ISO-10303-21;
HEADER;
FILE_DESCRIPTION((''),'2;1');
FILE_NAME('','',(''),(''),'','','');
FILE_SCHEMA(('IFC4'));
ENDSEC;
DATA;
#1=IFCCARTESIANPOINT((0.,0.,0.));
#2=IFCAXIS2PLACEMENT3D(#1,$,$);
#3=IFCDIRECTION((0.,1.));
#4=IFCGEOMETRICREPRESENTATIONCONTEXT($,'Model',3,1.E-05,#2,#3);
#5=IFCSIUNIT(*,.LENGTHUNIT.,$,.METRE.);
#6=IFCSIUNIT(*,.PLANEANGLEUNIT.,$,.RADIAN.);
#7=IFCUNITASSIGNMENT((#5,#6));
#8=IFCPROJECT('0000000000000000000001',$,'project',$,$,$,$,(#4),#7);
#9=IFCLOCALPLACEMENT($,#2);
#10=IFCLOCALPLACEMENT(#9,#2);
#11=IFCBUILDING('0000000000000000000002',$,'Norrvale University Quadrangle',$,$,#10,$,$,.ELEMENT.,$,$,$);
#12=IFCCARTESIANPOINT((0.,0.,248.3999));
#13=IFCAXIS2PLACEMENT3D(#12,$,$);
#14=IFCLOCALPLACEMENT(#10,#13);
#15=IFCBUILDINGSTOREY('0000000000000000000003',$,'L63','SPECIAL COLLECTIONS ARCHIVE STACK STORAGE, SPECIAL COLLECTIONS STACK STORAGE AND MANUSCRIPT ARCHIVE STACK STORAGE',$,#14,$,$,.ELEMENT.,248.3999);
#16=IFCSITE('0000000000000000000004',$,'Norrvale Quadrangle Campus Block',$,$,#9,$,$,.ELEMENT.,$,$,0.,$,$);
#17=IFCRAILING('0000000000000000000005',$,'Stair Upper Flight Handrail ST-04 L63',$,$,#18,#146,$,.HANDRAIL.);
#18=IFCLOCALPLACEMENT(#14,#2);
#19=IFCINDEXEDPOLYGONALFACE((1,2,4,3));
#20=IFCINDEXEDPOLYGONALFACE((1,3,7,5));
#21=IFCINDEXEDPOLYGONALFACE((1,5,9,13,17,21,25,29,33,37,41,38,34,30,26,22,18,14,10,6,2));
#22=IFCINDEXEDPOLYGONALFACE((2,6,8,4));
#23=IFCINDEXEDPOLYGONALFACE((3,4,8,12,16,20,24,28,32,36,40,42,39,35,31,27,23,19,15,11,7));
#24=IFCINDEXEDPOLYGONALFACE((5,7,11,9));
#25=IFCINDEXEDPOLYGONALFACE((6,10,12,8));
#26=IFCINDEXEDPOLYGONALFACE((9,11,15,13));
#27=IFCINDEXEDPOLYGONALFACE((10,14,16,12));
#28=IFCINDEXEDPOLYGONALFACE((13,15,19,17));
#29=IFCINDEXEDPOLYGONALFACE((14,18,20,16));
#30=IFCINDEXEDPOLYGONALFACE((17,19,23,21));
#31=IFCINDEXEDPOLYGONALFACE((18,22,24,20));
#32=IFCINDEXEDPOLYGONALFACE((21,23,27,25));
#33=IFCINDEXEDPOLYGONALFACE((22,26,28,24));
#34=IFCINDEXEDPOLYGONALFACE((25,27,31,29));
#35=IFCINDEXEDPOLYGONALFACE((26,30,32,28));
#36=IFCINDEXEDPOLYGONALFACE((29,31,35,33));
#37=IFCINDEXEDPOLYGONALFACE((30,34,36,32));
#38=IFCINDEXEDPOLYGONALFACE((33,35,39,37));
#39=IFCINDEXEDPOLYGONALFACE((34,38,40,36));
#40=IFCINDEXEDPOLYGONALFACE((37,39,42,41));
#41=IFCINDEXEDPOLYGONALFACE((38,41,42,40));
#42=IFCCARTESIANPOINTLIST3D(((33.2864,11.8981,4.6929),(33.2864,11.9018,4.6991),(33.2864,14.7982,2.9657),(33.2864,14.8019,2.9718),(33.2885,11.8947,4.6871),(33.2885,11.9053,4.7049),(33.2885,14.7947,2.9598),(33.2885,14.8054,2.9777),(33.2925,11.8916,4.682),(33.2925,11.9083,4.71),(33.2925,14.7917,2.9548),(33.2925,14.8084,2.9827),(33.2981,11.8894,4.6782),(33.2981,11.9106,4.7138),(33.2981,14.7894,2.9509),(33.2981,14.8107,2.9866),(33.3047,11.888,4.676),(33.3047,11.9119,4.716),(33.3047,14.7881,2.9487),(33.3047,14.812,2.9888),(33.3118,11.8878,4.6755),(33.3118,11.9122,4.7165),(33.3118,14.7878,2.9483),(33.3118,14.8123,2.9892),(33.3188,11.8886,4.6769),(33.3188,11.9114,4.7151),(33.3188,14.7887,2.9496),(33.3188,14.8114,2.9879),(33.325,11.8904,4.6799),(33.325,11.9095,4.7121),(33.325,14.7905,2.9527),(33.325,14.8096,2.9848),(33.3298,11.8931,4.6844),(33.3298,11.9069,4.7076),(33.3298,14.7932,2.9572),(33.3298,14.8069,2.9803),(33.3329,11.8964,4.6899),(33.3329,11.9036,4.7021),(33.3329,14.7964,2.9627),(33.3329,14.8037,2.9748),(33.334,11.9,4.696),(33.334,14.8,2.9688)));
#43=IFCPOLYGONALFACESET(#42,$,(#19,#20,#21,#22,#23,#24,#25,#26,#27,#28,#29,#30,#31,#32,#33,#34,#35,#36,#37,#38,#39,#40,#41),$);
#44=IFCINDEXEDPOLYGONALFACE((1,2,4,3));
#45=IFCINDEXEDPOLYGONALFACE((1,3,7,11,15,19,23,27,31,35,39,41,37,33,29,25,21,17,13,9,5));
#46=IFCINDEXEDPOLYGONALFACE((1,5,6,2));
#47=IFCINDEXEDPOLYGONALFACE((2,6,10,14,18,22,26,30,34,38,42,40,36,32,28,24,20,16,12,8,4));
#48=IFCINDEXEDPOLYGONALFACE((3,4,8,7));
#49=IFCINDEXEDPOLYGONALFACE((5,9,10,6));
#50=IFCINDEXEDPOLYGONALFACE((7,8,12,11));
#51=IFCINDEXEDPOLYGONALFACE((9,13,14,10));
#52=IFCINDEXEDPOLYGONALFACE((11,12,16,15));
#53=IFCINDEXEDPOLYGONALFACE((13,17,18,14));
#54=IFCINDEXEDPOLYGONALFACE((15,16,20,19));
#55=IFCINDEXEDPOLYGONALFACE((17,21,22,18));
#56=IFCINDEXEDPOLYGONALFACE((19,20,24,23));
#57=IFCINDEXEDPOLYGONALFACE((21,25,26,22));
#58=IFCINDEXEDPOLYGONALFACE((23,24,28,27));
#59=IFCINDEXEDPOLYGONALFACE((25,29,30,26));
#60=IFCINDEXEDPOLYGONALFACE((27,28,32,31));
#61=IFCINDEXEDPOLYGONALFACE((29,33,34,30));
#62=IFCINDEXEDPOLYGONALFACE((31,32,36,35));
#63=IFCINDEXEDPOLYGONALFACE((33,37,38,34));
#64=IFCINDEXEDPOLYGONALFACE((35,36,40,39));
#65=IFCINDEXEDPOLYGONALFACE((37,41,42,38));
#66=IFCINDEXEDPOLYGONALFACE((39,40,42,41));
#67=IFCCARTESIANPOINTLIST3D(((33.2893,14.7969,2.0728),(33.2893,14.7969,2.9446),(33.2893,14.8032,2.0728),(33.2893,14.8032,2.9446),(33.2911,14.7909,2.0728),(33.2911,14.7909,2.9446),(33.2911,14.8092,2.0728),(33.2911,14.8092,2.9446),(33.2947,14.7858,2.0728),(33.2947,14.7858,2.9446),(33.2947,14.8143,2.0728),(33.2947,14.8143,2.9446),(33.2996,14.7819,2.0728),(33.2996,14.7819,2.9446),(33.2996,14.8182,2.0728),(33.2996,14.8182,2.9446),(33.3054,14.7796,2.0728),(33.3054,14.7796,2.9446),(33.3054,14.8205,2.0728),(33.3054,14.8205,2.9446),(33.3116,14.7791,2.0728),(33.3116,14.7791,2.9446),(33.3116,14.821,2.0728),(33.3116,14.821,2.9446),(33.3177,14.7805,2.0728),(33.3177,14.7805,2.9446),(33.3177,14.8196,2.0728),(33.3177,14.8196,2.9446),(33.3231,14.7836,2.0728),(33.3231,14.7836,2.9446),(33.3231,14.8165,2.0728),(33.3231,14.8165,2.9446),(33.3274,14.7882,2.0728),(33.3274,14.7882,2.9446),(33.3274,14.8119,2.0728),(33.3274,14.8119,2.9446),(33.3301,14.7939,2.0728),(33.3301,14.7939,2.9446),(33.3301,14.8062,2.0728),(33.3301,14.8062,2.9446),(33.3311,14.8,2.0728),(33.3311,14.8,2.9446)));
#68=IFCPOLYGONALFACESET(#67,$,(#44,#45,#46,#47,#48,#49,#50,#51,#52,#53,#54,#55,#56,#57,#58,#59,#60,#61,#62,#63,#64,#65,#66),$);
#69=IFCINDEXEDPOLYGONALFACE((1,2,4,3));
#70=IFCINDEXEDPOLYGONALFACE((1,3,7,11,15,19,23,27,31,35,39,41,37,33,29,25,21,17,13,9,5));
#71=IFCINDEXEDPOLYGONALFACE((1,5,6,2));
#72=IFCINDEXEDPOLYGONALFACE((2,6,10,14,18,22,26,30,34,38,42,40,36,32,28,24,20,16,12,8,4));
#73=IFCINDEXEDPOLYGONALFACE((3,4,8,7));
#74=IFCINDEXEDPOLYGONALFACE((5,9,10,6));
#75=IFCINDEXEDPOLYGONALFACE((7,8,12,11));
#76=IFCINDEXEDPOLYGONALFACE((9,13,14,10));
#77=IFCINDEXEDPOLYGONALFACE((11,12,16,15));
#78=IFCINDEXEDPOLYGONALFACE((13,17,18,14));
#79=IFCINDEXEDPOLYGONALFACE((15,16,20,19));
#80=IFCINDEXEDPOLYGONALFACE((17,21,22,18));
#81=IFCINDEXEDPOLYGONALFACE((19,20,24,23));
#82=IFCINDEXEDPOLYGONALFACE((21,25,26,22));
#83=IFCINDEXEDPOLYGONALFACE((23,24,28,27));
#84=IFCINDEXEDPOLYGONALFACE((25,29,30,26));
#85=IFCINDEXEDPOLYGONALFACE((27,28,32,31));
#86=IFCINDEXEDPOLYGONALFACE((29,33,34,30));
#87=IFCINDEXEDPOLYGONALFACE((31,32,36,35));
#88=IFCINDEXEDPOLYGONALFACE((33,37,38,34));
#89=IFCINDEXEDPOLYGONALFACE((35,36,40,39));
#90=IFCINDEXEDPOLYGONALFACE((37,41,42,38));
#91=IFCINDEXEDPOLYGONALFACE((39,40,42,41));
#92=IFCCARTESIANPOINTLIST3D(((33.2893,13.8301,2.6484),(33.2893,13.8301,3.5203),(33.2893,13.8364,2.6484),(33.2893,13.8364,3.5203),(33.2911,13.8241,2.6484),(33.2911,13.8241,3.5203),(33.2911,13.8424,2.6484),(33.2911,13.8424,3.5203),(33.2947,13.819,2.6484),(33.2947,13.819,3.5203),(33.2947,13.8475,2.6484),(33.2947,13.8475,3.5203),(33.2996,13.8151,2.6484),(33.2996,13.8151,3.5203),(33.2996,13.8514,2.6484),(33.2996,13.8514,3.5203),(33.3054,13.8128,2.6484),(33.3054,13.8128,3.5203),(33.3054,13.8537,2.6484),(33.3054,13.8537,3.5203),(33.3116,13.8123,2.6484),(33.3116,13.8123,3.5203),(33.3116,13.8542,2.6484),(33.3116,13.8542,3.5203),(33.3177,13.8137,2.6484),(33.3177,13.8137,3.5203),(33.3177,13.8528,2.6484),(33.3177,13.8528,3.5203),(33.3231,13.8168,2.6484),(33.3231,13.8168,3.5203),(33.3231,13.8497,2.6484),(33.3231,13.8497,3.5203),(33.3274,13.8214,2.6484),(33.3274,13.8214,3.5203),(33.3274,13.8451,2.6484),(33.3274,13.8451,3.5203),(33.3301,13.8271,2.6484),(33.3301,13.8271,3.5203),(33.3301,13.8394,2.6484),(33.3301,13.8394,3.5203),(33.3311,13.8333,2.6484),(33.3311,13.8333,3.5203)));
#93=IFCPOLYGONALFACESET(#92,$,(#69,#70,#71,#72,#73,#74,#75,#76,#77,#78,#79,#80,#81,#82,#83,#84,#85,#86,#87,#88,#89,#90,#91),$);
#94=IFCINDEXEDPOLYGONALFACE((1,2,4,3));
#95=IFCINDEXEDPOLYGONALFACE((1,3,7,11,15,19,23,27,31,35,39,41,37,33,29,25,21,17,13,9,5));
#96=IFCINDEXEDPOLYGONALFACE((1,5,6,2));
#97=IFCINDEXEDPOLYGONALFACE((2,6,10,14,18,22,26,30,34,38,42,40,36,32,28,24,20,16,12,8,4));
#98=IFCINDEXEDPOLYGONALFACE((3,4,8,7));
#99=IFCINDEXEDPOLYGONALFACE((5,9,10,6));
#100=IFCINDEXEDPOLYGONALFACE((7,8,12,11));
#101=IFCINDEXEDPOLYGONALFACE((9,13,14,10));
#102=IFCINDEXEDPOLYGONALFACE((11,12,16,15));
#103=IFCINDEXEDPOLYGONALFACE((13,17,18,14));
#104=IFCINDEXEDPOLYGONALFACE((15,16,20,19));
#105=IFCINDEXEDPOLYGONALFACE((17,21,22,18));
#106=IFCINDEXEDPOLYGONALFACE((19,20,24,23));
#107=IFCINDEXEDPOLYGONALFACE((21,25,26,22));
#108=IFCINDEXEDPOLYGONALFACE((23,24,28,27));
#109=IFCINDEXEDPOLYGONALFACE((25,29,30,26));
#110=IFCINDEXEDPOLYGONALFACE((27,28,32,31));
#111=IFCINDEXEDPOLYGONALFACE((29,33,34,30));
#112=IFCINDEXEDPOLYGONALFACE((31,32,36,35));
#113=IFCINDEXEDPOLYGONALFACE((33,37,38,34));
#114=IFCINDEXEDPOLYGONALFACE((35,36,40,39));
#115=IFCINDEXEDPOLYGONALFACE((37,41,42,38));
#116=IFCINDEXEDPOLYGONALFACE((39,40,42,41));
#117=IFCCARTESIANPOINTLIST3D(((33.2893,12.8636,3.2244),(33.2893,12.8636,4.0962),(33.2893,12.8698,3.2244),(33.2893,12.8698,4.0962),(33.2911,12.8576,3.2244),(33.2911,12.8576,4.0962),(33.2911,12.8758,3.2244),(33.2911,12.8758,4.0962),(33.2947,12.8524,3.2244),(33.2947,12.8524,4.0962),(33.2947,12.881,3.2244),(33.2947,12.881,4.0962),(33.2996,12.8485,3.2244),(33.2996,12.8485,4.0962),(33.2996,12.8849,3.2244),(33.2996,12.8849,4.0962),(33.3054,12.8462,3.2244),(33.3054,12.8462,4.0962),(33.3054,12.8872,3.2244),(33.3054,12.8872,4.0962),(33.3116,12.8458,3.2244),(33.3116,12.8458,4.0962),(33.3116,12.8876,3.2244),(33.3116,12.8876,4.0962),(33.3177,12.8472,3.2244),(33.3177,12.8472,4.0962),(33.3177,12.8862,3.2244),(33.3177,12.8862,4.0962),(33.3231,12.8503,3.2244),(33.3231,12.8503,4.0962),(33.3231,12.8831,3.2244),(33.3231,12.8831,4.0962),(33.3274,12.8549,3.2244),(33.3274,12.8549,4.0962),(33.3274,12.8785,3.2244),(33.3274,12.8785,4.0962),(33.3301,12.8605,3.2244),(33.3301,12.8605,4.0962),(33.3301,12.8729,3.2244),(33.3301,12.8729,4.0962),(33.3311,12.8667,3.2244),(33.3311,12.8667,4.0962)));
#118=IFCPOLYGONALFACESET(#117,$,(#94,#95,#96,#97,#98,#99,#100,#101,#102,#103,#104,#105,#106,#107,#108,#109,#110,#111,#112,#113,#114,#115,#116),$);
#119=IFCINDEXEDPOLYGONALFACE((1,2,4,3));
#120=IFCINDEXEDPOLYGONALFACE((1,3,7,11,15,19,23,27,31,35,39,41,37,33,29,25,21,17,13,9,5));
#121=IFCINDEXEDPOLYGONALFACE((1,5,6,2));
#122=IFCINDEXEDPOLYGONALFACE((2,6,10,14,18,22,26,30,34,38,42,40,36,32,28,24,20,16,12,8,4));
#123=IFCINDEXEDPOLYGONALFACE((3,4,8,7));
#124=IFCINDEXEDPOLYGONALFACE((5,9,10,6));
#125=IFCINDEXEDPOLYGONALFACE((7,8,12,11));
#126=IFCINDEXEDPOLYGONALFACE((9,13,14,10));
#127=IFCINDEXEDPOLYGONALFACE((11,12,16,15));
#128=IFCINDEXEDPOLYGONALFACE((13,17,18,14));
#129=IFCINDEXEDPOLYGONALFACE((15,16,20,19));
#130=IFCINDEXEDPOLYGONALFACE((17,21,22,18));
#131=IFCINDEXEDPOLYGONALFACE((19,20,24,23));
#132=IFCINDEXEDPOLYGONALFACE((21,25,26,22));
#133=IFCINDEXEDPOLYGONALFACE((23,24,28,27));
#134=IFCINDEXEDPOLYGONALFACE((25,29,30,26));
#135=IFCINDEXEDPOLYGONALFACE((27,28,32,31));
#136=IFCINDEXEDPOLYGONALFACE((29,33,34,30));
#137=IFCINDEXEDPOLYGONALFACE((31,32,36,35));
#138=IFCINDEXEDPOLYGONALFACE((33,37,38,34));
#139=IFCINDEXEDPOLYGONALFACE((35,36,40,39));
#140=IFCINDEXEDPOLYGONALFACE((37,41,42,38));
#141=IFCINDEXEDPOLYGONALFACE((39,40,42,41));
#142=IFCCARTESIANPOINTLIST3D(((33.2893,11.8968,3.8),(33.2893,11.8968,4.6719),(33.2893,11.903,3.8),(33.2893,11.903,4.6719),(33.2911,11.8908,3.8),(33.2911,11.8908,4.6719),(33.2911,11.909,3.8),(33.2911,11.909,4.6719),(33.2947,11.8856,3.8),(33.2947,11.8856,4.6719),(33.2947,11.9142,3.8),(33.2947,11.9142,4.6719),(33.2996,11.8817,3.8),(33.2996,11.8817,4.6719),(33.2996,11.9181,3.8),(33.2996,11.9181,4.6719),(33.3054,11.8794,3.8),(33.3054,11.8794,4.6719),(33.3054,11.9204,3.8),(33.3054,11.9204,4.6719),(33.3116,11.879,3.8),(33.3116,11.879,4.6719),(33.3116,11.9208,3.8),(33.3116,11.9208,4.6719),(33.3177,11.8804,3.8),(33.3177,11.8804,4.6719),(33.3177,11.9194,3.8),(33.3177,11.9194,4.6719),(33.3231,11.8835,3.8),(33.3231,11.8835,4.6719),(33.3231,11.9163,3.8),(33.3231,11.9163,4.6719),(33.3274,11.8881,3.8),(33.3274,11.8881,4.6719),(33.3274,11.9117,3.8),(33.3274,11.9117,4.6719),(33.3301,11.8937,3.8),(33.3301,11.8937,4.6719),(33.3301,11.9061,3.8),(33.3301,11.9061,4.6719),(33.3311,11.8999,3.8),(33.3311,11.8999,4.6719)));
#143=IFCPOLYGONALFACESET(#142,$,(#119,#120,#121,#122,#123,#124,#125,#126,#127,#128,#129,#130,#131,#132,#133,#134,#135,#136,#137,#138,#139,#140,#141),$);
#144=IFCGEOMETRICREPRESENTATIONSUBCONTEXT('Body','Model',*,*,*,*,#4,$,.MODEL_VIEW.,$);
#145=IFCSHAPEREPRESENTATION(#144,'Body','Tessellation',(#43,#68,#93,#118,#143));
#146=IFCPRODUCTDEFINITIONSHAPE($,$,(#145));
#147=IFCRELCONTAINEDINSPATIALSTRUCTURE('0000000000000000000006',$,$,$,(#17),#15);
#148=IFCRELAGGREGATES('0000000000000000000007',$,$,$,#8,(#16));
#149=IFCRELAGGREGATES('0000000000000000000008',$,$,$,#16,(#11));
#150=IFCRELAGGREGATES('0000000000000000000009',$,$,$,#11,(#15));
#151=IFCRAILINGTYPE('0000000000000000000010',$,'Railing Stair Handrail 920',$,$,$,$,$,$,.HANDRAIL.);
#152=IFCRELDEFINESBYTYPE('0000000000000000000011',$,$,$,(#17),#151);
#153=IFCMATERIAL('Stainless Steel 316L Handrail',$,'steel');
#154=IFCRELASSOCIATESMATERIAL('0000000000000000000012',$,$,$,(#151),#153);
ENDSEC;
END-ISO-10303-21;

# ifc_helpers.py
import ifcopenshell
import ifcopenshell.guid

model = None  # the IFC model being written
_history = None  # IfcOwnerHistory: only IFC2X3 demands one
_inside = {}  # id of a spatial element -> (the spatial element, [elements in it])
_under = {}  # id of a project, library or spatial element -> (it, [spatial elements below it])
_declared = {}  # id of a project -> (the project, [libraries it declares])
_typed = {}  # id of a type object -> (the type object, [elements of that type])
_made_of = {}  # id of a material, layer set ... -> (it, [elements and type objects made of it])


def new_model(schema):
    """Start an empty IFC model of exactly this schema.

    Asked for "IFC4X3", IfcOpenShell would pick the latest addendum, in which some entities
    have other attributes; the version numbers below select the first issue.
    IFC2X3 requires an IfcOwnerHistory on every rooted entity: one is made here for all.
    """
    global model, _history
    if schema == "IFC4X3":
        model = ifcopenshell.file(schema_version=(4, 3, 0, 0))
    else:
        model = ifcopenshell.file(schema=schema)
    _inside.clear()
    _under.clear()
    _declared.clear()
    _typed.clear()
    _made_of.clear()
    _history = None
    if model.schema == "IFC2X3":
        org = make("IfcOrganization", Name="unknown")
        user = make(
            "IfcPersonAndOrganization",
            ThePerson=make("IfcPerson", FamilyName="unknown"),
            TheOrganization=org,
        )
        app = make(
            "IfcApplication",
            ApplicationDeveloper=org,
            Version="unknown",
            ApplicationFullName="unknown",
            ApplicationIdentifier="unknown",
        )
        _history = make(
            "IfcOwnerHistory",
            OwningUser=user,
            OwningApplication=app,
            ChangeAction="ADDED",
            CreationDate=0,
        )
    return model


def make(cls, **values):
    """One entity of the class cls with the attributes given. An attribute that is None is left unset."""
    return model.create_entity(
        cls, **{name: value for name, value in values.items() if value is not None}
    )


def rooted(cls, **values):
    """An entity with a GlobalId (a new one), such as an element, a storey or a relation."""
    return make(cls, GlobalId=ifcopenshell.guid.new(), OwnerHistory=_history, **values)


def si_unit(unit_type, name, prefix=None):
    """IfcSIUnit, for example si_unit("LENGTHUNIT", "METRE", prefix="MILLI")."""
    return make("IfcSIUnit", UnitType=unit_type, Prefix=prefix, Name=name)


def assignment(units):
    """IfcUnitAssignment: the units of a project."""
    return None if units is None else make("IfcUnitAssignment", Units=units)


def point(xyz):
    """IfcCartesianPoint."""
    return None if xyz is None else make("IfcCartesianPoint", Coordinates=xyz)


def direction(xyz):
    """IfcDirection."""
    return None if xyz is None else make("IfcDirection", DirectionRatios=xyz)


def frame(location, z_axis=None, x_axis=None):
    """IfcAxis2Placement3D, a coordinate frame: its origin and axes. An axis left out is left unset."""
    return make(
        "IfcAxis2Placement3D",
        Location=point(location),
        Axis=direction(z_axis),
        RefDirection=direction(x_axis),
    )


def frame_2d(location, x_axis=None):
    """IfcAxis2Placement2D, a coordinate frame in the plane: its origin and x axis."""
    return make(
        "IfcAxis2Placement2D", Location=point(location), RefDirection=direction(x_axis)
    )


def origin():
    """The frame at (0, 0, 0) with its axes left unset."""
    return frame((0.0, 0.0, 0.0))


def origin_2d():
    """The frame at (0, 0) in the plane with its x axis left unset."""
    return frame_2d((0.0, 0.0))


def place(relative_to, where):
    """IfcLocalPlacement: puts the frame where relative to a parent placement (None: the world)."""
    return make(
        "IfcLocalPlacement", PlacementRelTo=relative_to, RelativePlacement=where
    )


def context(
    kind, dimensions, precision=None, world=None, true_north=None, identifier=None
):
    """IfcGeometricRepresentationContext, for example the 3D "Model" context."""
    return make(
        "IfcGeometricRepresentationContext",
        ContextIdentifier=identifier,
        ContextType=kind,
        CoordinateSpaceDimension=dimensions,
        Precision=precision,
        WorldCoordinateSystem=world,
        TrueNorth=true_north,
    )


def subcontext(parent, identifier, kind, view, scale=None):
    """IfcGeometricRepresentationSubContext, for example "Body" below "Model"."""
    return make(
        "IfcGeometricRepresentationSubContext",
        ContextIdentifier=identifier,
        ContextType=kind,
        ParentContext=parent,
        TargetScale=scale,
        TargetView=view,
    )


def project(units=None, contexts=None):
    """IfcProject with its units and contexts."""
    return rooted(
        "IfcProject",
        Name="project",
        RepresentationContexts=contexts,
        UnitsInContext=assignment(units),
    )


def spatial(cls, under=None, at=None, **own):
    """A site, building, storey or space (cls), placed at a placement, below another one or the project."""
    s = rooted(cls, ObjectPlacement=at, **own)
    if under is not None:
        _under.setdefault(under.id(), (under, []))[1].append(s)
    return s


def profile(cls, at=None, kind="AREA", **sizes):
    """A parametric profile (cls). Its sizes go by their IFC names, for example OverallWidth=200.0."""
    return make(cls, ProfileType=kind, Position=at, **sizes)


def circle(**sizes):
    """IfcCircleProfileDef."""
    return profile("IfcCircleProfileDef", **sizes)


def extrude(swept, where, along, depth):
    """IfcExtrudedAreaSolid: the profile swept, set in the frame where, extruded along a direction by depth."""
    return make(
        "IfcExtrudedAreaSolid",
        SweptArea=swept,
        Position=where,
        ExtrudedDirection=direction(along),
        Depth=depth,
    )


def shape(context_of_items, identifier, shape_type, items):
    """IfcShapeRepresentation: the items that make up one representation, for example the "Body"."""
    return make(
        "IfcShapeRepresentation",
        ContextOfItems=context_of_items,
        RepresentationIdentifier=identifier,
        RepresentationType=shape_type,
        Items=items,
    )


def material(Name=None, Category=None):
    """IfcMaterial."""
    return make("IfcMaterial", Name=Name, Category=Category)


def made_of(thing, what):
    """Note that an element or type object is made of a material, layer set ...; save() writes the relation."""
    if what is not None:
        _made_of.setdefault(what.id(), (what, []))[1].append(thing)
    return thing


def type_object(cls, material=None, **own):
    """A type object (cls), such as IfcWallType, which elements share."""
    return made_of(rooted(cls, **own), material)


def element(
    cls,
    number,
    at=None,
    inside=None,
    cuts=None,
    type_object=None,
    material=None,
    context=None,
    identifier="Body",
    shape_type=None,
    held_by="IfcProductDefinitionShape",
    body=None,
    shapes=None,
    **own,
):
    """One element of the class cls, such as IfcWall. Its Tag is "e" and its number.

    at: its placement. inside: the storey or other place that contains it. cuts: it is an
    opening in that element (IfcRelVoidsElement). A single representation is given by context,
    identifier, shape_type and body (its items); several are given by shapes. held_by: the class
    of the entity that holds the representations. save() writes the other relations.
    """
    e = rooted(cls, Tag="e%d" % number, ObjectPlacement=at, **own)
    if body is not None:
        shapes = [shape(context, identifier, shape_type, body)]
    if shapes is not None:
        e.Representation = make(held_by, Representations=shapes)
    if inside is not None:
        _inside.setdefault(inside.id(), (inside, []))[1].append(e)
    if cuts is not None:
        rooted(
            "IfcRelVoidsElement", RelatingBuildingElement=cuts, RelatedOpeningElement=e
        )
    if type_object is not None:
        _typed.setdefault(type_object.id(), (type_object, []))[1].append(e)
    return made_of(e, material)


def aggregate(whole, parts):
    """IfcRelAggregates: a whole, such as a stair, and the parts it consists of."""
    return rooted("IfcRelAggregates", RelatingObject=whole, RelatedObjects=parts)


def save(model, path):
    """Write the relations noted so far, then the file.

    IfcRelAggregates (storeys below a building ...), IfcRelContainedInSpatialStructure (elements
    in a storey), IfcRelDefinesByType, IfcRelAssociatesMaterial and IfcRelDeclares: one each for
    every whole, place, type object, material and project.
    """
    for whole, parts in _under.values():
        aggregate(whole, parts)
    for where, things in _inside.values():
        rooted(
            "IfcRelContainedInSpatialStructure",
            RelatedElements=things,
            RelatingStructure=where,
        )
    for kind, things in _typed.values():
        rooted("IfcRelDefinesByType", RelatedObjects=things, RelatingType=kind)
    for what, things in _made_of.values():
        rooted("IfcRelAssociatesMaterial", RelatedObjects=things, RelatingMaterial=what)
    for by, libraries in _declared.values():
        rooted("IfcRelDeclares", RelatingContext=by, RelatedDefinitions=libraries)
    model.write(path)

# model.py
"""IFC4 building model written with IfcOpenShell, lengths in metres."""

from ifc_helpers import new_model, si_unit, direction, frame, origin, origin_2d, place, context, subcontext, project, spatial, circle, extrude, material, type_object, element, save


model = new_model("IFC4")

# Units and contexts
model_context = context("Model", 3, precision=1e-05, world=origin(), true_north=direction((0.0, 1.0)))
body_context = subcontext(model_context, "Body", "Model", "MODEL_VIEW")
ifc_project = project(units=[si_unit("LENGTHUNIT", "METRE"), si_unit("PLANEANGLEUNIT", "RADIAN")], contexts=[model_context])

# Site, building, storey
site_placement = place(None, origin())
site = spatial("IfcSite", under=ifc_project, at=site_placement, Name="Norrvale Quadrangle Campus Block", CompositionType="ELEMENT", RefElevation=0.0)
building_placement = place(site_placement, origin())
building = spatial("IfcBuilding", under=site, at=building_placement, Name="Norrvale University Quadrangle", CompositionType="ELEMENT")
storey_placement = place(building_placement, frame((0.0, 0.0, 248.3999)))
storey = spatial("IfcBuildingStorey", under=building, at=storey_placement, Name="L63", Description="SPECIAL COLLECTIONS ARCHIVE STACK STORAGE, SPECIAL COLLECTIONS STACK STORAGE AND MANUSCRIPT ARCHIVE STACK STORAGE", CompositionType="ELEMENT", Elevation=248.3999)

# Railing
ifc_material_1 = material(Name="Stainless Steel 316L Handrail", Category="steel")
railing_type_1 = type_object("IfcRailingType", Name="Railing Stair Handrail 920", PredefinedType="HANDRAIL", material=ifc_material_1)
railing_1_placement = place(storey_placement, frame((33.3101, 14.8, 2.0728)))
element("IfcRailing", 1, at=railing_1_placement, inside=storey, type_object=railing_type_1, Name="Stair Upper Flight Handrail ST-04 L63", PredefinedType="HANDRAIL", context=body_context, shape_type="SweptSolid", body=[
    extrude(circle(Radius=0.0239, at=origin_2d()), frame((0.0, 0.0, 0.896), z_axis=(0.0, -0.85916, 0.511706), x_axis=(1.0, 0.0, 0.0)), (0.0, 0.0, 1.0), 3.3755),
    extrude(circle(Radius=0.021, at=origin_2d()), origin(), (0.0, 0.0, 1.0), 0.8718),
    extrude(circle(Radius=0.021, at=origin_2d()), frame((0.0, -0.9668, 0.5757)), (0.0, 0.0, 1.0), 0.8718),
    extrude(circle(Radius=0.021, at=origin_2d()), frame((0.0, -1.9333, 1.1516)), (0.0, 0.0, 1.0), 0.8718),
    extrude(circle(Radius=0.021, at=origin_2d()), frame((0.0, -2.9001, 1.7273)), (0.0, 0.0, 1.0), 0.8718),
])

save(model, "model.ifc")
